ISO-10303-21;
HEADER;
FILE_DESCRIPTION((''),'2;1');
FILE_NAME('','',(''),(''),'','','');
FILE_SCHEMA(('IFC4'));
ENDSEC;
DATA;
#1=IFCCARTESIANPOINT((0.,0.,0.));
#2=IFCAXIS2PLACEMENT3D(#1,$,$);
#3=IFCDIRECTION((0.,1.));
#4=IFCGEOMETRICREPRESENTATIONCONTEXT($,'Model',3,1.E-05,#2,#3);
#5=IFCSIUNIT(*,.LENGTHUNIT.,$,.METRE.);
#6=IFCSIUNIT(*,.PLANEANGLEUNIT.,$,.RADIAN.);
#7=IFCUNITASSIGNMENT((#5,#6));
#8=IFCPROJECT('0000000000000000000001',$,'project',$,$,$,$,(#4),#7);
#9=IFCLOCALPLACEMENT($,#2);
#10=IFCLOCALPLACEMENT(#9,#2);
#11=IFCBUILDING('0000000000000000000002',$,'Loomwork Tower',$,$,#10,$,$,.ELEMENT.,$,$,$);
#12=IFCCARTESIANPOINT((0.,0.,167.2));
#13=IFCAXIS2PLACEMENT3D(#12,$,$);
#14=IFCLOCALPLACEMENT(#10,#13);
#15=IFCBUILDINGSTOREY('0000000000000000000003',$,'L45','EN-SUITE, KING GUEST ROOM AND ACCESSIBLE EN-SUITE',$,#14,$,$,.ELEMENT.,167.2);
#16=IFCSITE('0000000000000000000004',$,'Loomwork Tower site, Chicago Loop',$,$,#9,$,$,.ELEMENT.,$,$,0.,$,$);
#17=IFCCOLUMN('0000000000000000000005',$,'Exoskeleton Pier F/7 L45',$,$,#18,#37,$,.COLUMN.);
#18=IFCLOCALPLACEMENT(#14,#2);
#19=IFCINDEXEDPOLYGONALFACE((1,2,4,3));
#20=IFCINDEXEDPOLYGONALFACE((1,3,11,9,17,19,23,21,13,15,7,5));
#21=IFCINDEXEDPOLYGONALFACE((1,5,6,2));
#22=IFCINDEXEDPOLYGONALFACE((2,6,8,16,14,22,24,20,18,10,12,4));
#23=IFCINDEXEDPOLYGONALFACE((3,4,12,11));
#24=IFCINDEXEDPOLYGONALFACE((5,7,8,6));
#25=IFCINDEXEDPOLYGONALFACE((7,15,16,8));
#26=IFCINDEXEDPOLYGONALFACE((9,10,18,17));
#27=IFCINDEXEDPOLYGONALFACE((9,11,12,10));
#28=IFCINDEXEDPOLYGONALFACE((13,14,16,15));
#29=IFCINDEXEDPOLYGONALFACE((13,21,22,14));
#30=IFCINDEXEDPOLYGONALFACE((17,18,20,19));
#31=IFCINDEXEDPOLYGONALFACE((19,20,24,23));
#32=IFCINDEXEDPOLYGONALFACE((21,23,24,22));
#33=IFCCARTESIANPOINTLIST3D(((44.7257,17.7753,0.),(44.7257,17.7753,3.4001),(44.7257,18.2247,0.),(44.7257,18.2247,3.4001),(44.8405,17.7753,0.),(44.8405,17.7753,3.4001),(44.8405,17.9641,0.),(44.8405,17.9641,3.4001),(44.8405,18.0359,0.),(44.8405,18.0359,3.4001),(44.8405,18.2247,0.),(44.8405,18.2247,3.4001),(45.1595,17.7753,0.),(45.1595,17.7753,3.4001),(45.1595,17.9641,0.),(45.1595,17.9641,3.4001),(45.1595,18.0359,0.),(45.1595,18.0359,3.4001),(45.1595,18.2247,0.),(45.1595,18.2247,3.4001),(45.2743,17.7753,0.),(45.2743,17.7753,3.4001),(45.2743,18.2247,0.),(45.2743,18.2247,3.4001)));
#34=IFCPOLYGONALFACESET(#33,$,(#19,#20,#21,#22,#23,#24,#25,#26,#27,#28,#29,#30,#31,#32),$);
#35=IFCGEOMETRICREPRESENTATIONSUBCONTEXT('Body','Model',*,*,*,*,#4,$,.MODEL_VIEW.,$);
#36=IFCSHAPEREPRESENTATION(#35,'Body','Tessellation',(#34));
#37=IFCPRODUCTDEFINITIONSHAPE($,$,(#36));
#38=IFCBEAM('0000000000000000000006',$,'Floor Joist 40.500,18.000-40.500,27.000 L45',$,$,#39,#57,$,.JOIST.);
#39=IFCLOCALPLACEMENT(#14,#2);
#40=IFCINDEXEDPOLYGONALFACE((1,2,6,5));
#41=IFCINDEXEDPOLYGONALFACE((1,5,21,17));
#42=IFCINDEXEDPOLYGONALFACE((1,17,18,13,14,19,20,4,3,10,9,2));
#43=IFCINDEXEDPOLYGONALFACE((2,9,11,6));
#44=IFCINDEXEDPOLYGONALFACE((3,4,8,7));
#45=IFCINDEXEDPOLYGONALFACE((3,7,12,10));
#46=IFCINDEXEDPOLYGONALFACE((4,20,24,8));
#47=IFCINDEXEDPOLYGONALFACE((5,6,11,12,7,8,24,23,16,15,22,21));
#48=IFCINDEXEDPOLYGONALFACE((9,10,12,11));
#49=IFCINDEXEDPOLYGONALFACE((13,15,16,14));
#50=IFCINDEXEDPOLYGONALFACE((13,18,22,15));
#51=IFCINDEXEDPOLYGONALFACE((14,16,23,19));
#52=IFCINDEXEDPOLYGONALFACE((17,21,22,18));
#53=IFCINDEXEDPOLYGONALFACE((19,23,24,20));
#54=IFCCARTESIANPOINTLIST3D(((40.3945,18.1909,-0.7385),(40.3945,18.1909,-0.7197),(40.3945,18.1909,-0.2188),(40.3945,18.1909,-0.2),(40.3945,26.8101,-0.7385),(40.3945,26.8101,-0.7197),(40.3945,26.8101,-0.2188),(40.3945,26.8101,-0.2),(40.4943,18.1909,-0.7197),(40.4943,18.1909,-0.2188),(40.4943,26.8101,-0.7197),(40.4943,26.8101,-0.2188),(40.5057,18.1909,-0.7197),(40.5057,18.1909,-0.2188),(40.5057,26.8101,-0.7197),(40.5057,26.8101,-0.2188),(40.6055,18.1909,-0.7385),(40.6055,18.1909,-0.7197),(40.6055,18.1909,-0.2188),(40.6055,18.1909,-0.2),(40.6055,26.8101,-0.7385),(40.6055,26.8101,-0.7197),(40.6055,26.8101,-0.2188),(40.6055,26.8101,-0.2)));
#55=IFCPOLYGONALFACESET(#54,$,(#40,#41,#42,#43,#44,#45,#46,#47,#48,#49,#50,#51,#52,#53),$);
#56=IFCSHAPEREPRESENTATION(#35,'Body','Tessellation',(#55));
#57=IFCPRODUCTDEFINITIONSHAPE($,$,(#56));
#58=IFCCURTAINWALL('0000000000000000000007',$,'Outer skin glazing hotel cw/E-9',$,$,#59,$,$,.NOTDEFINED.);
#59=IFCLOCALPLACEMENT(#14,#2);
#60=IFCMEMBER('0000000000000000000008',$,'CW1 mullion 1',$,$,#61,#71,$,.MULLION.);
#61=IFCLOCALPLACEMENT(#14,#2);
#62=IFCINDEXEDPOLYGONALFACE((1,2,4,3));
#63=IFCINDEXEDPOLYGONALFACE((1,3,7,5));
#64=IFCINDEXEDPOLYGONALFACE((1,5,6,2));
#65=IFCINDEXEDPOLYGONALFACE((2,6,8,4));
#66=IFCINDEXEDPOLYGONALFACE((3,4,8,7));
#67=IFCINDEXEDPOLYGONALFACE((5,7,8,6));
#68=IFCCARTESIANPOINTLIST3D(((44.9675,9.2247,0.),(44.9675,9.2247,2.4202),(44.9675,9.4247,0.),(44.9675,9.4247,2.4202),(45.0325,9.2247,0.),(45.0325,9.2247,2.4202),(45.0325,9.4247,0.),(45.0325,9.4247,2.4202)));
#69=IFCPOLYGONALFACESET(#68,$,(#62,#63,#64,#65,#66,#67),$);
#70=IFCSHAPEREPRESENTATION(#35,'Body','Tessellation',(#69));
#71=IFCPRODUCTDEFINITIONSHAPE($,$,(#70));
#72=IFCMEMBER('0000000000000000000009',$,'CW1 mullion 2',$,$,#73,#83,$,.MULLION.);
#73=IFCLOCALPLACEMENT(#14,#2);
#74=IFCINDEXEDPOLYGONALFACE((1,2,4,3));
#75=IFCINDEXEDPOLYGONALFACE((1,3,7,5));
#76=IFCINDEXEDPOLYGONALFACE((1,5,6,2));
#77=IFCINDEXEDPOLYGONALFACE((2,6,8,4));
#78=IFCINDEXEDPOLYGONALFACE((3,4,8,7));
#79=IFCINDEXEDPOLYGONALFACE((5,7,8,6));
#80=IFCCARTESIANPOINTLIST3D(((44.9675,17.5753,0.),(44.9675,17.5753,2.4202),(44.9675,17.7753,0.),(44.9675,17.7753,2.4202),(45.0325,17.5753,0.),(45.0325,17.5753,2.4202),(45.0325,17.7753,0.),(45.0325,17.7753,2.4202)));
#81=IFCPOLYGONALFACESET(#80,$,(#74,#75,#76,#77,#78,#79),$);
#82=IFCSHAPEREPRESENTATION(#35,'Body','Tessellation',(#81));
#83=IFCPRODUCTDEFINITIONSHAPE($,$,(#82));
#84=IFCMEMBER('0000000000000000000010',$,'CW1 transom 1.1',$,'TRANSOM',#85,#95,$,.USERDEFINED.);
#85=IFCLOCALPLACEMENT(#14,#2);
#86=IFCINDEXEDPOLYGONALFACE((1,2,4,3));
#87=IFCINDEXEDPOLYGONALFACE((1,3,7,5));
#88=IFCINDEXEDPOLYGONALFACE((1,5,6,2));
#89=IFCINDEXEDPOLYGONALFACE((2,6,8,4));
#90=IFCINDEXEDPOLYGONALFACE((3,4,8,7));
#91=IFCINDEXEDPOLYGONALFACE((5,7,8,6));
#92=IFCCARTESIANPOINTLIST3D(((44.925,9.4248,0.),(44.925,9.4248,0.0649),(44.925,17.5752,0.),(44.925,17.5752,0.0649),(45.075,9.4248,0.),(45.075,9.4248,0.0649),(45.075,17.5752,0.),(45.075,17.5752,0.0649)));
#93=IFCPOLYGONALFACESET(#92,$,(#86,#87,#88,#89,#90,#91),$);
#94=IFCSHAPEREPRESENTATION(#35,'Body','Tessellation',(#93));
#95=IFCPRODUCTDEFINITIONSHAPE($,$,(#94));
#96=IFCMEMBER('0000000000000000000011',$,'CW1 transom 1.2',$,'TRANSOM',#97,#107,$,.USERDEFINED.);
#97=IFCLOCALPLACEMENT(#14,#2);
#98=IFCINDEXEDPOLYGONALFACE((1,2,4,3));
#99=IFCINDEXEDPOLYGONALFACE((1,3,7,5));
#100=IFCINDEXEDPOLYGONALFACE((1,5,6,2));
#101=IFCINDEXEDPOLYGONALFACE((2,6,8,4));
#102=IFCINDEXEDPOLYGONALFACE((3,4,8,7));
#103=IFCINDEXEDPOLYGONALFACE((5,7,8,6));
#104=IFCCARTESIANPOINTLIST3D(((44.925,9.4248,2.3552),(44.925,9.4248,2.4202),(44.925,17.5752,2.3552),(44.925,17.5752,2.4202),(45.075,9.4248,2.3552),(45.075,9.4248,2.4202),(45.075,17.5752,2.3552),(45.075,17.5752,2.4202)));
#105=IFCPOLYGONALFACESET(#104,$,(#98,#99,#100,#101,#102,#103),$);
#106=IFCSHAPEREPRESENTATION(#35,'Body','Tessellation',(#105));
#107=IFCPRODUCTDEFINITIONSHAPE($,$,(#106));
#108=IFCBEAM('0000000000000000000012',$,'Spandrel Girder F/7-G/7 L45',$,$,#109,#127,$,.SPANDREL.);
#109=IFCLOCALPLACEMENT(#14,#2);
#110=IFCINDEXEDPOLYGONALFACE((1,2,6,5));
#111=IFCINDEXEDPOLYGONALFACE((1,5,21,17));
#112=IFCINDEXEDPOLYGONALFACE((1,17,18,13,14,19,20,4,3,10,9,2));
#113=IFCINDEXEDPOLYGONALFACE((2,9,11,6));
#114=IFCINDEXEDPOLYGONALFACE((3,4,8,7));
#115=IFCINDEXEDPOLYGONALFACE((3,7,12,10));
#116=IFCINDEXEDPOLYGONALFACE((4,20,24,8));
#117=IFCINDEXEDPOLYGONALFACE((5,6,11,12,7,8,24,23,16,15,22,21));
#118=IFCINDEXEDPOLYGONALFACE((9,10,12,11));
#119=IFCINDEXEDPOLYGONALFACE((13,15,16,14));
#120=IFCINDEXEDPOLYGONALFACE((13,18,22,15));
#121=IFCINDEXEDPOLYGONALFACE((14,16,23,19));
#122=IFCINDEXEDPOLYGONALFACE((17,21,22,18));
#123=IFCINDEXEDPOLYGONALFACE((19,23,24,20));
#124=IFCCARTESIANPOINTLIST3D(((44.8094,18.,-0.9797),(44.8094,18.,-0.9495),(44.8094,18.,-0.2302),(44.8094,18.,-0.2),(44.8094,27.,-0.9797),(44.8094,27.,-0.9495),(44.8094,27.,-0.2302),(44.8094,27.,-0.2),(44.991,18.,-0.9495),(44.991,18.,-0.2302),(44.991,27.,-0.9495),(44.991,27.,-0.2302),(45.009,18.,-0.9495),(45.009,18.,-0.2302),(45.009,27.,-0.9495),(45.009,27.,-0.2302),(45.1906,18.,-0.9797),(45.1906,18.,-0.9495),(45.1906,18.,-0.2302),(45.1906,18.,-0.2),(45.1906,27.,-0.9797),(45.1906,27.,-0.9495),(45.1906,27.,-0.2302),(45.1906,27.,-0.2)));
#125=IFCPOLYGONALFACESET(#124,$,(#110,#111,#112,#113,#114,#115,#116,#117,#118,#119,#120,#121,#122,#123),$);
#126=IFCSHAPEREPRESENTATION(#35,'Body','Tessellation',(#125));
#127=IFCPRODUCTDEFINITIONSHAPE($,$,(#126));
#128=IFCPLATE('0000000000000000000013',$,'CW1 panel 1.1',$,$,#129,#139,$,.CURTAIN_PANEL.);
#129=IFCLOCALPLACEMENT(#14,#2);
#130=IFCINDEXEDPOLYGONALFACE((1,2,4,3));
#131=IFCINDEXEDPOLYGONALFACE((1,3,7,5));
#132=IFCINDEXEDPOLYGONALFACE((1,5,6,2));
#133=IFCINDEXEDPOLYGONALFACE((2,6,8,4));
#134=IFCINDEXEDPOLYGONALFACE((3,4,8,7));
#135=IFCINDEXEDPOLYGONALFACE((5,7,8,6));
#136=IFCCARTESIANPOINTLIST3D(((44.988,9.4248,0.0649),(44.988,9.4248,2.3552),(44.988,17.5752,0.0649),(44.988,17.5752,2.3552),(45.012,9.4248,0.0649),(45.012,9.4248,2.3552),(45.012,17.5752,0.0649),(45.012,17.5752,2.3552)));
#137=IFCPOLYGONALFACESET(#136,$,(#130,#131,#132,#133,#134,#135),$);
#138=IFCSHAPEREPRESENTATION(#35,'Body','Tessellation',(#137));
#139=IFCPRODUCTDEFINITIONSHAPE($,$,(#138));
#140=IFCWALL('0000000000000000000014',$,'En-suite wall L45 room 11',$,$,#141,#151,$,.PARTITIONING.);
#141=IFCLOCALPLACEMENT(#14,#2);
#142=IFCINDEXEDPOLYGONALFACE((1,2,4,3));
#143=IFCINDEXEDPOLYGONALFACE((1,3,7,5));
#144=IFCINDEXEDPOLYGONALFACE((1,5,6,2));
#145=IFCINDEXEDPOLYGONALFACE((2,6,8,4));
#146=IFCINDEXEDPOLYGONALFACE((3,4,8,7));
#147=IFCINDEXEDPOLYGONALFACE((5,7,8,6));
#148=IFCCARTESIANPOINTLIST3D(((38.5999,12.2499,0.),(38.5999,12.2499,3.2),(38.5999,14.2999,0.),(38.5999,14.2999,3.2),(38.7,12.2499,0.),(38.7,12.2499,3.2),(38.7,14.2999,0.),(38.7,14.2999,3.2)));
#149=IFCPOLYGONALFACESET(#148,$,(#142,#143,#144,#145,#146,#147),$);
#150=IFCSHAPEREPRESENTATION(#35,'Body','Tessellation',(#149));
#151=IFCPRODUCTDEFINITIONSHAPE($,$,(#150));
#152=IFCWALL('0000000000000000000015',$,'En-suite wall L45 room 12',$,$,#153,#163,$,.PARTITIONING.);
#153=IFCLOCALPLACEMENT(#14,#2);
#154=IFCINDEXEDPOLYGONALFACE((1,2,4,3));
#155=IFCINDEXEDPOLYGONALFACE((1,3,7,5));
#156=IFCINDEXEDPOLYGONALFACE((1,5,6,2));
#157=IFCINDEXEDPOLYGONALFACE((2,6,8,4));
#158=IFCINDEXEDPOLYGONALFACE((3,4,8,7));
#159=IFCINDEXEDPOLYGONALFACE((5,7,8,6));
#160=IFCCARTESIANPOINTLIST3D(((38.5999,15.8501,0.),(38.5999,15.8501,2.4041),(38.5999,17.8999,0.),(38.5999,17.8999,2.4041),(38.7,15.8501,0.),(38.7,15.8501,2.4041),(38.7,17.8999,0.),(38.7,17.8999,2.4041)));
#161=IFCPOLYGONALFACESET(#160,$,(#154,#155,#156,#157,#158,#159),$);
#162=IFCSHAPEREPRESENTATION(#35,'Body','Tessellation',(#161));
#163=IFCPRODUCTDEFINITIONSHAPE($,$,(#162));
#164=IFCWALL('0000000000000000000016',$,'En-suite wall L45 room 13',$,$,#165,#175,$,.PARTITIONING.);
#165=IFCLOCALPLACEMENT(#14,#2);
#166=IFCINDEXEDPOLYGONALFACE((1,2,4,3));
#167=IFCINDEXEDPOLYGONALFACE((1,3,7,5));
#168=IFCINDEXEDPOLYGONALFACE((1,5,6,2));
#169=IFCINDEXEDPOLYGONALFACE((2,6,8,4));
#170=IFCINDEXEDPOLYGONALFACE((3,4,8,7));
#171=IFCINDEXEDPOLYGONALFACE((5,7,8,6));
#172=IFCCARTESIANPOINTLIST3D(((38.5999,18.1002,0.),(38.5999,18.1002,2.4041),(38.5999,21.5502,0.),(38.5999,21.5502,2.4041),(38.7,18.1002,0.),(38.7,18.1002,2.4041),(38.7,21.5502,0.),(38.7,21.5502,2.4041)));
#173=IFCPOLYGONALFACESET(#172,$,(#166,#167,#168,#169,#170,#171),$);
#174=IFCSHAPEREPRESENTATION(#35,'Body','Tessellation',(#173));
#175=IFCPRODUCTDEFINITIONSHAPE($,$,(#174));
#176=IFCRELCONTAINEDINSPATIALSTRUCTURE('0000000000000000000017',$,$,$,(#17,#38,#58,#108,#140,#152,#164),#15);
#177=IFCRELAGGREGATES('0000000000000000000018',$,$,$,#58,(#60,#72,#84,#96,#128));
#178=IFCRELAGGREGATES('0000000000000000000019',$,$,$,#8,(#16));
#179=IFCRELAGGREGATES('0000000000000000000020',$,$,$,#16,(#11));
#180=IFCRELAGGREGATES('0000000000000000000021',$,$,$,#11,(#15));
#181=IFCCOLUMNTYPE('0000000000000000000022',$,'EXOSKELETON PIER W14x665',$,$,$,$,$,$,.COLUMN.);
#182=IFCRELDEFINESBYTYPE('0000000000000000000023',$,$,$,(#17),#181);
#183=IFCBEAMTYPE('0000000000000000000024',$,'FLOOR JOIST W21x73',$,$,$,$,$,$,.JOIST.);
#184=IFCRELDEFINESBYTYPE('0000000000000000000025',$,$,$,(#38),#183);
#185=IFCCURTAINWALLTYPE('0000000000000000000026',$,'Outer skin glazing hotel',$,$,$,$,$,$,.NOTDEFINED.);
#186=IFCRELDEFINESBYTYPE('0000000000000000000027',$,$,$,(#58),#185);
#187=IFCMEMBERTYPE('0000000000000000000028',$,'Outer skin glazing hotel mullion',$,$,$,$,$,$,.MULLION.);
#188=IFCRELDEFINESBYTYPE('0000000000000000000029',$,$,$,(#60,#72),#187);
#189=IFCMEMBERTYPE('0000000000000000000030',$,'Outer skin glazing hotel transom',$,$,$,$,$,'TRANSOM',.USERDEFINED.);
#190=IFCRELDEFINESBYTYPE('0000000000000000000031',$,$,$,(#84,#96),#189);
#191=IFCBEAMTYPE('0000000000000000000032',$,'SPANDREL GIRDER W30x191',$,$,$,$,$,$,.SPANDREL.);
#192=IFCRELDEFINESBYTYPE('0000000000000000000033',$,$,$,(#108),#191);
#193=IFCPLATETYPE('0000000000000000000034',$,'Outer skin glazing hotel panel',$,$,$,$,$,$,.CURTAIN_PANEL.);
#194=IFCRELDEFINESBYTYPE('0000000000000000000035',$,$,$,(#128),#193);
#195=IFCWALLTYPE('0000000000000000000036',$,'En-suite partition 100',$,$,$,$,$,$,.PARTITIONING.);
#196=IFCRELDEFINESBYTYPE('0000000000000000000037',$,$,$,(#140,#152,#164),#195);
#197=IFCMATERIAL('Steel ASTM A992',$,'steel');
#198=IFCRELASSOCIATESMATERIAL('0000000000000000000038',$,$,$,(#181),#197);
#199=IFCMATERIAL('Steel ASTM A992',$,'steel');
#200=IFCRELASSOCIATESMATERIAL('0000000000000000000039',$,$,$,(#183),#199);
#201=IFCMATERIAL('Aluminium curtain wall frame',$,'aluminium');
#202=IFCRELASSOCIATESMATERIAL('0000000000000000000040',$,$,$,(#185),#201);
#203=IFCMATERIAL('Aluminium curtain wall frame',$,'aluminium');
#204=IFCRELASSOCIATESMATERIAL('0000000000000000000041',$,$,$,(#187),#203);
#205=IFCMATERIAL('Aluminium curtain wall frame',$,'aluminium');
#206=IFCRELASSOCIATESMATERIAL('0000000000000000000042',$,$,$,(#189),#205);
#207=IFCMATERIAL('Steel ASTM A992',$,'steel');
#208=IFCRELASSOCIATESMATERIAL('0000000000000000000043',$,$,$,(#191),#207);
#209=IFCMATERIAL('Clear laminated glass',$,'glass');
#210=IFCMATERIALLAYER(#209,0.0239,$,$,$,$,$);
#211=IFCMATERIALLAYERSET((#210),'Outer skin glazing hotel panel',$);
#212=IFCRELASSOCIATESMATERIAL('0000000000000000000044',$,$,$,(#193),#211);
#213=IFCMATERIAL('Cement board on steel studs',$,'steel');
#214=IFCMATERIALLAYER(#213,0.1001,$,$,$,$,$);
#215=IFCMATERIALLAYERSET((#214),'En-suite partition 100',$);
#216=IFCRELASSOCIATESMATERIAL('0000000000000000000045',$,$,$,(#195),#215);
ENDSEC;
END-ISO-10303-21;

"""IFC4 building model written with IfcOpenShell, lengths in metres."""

from ifc_helpers import new_model, si_unit, direction, frame, frame_2d, origin, origin_2d, place, context, subcontext, project, spatial, rectangle, i_section, extrude, material, layer, layer_set, material_profile, profile_set, type_object, element, aggregate, save


model = new_model("IFC4")

# Units and contexts
model_context = context("Model", 3, precision=1e-05, world=origin(), true_north=direction((0.0, 1.0)))
body_context = subcontext(model_context, "Body", "Model", "MODEL_VIEW")
ifc_project = project(units=[si_unit("LENGTHUNIT", "METRE"), si_unit("PLANEANGLEUNIT", "RADIAN")], contexts=[model_context])

# Site, building, storey
site_placement = place(None, origin())
site = spatial("IfcSite", under=ifc_project, at=site_placement, Name="Loomwork Tower site, Chicago Loop", CompositionType="ELEMENT", RefElevation=0.0)
building_placement = place(site_placement, origin())
building = spatial("IfcBuilding", under=site, at=building_placement, Name="Loomwork Tower", CompositionType="ELEMENT")
storey_placement = place(building_placement, frame((0.0, 0.0, 167.2)))
storey = spatial("IfcBuildingStorey", under=building, at=storey_placement, Name="L45", Description="EN-SUITE, KING GUEST ROOM AND ACCESSIBLE EN-SUITE", CompositionType="ELEMENT", Elevation=167.2)

# Column
ifc_material_1 = material(Name="Steel ASTM A992", Category="steel")
ifc_material_profile_1 = material_profile(ifc_material_1, i_section(OverallWidth=0.4495, OverallDepth=0.5486, WebThickness=0.0718, FlangeThickness=0.1147, at=origin_2d()), Name="W14x665")
ifc_profile_set_1 = profile_set([ifc_material_profile_1], Name="Steel ASTM A992")
column_type = type_object("IfcColumnType", Name="EXOSKELETON PIER W14x665", PredefinedType="COLUMN", material=ifc_profile_set_1)
column_placement = place(storey_placement, frame((45.0, 18.0, 0.0), z_axis=(0.0, 0.0, 1.0), x_axis=(0.0, 1.0, 0.0)))
element("IfcColumn", 1, at=column_placement, inside=storey, type_object=column_type, Name="Exoskeleton Pier F/7 L45", PredefinedType="COLUMN", context=body_context, shape_type="SweptSolid", body=[
    extrude(i_section(OverallWidth=0.4495, OverallDepth=0.5486, WebThickness=0.0718, FlangeThickness=0.1147, at=origin_2d()), origin(), (0.0, 0.0, 1.0), 3.4001),
])

# Beam
ifc_material_2 = material(Name="Steel ASTM A992", Category="steel")
ifc_material_profile_2 = material_profile(ifc_material_2, i_section(OverallWidth=0.2109, OverallDepth=0.5386, WebThickness=0.0115, FlangeThickness=0.0188, at=origin_2d()), Name="W21x73")
ifc_profile_set_2 = profile_set([ifc_material_profile_2], Name="Steel ASTM A992")
beam_type_1 = type_object("IfcBeamType", Name="FLOOR JOIST W21x73", PredefinedType="JOIST", material=ifc_profile_set_2)
beam_1_placement = place(storey_placement, frame((40.5, 18.1909, -0.4692), z_axis=(0.0, 1.0, 0.0), x_axis=(-1.0, 0.0, 0.0)))
element("IfcBeam", 2, at=beam_1_placement, inside=storey, type_object=beam_type_1, Name="Floor Joist 40.500,18.000-40.500,27.000 L45", PredefinedType="JOIST", context=body_context, shape_type="SweptSolid", body=[
    extrude(i_section(OverallWidth=0.2109, OverallDepth=0.5386, WebThickness=0.0115, FlangeThickness=0.0188, at=origin_2d()), origin(), (0.0, 0.0, 1.0), 8.6191),
])

# Curtain wall, members
ifc_material_3 = material(Name="Aluminium curtain wall frame", Category="aluminium")
curtain_wall_type = type_object("IfcCurtainWallType", Name="Outer skin glazing hotel", PredefinedType="NOTDEFINED", material=ifc_material_3)
curtain_wall_placement = place(storey_placement, origin())
curtain_wall = element("IfcCurtainWall", 3, at=curtain_wall_placement, inside=storey, type_object=curtain_wall_type, Name="Outer skin glazing hotel cw/E-9", PredefinedType="NOTDEFINED")
ifc_material_4 = material(Name="Aluminium curtain wall frame", Category="aluminium")
ifc_material_profile_3 = material_profile(ifc_material_4, rectangle(XDim=0.0649, YDim=0.2, at=origin_2d()), Name="AL 65x200")
ifc_profile_set_3 = profile_set([ifc_material_profile_3], Name="Aluminium curtain wall frame")
member_type_1 = type_object("IfcMemberType", Name="Outer skin glazing hotel mullion", PredefinedType="MULLION", material=ifc_profile_set_3)
member_1_placement = place(storey_placement, frame((45.0, 9.3247, 0.0), z_axis=(0.0, 0.0, 1.0), x_axis=(-1.0, 0.0, 0.0)))
member_1 = element("IfcMember", 4, at=member_1_placement, type_object=member_type_1, Name="CW1 mullion 1", PredefinedType="MULLION", context=body_context, shape_type="SweptSolid", body=[
    extrude(rectangle(XDim=0.0649, YDim=0.2, at=origin_2d()), origin(), (0.0, 0.0, 1.0), 2.4202),
])
member_2_placement = place(storey_placement, frame((45.0, 17.6753, 0.0), z_axis=(0.0, 0.0, 1.0), x_axis=(-1.0, 0.0, 0.0)))
member_2 = element("IfcMember", 5, at=member_2_placement, type_object=member_type_1, Name="CW1 mullion 2", PredefinedType="MULLION", context=body_context, shape_type="SweptSolid", body=[
    extrude(rectangle(XDim=0.0649, YDim=0.2, at=origin_2d()), origin(), (0.0, 0.0, 1.0), 2.4202),
])
ifc_material_5 = material(Name="Aluminium curtain wall frame", Category="aluminium")
ifc_material_profile_4 = material_profile(ifc_material_5, rectangle(XDim=0.1499, YDim=0.0649, at=origin_2d()), Name="AL 65x150")
ifc_profile_set_4 = profile_set([ifc_material_profile_4], Name="Aluminium curtain wall frame")
member_type_2 = type_object("IfcMemberType", Name="Outer skin glazing hotel transom", ElementType="TRANSOM", PredefinedType="USERDEFINED", material=ifc_profile_set_4)
member_3_placement = place(storey_placement, frame((45.0, 9.4248, 0.0325), z_axis=(0.0, 1.0, 0.0), x_axis=(-1.0, 0.0, 0.0)))
member_3 = element("IfcMember", 6, at=member_3_placement, type_object=member_type_2, Name="CW1 transom 1.1", ObjectType="TRANSOM", PredefinedType="USERDEFINED", context=body_context, shape_type="SweptSolid", body=[
    extrude(rectangle(XDim=0.1499, YDim=0.0649, at=origin_2d()), origin(), (0.0, 0.0, 1.0), 8.1504),
])
member_4_placement = place(storey_placement, frame((45.0, 9.4248, 2.3877), z_axis=(0.0, 1.0, 0.0), x_axis=(-1.0, 0.0, 0.0)))
member_4 = element("IfcMember", 7, at=member_4_placement, type_object=member_type_2, Name="CW1 transom 1.2", ObjectType="TRANSOM", PredefinedType="USERDEFINED", context=body_context, shape_type="SweptSolid", body=[
    extrude(rectangle(XDim=0.1499, YDim=0.0649, at=origin_2d()), origin(), (0.0, 0.0, 1.0), 8.1504),
])

# Beam
ifc_material_6 = material(Name="Steel ASTM A992", Category="steel")
ifc_material_profile_5 = material_profile(ifc_material_6, i_section(OverallWidth=0.3811, OverallDepth=0.7798, WebThickness=0.0181, FlangeThickness=0.0303, at=origin_2d()), Name="W30x191")
ifc_profile_set_5 = profile_set([ifc_material_profile_5], Name="Steel ASTM A992")
beam_type_2 = type_object("IfcBeamType", Name="SPANDREL GIRDER W30x191", PredefinedType="SPANDREL", material=ifc_profile_set_5)
beam_2_placement = place(storey_placement, frame((45.0, 18.0, -0.5898), z_axis=(0.0, 1.0, 0.0), x_axis=(-1.0, 0.0, 0.0)))
element("IfcBeam", 8, at=beam_2_placement, inside=storey, type_object=beam_type_2, Name="Spandrel Girder F/7-G/7 L45", PredefinedType="SPANDREL", context=body_context, shape_type="SweptSolid", body=[
    extrude(i_section(OverallWidth=0.3811, OverallDepth=0.7798, WebThickness=0.0181, FlangeThickness=0.0303, at=origin_2d()), origin(), (0.0, 0.0, 1.0), 9.0),
])

# Plate
ifc_material_7 = material(Name="Clear laminated glass", Category="glass")
ifc_layer_1 = layer(ifc_material_7, 0.0239)
ifc_layer_set_1 = layer_set([ifc_layer_1], Name="Outer skin glazing hotel panel")
plate_type = type_object("IfcPlateType", Name="Outer skin glazing hotel panel", PredefinedType="CURTAIN_PANEL", material=ifc_layer_set_1)
plate_placement = place(storey_placement, frame((45.0, 13.5, 0.0649), z_axis=(0.0, 0.0, 1.0), x_axis=(0.0, 1.0, 0.0)))
plate = element("IfcPlate", 9, at=plate_placement, type_object=plate_type, Name="CW1 panel 1.1", PredefinedType="CURTAIN_PANEL", context=body_context, shape_type="SweptSolid", body=[
    extrude(rectangle(XDim=8.1504, YDim=0.0239, at=origin_2d()), origin(), (0.0, 0.0, 1.0), 2.2903),
])
aggregate(curtain_wall, [member_1, member_2, member_3, member_4, plate])

# Walls
ifc_material_8 = material(Name="Cement board on steel studs", Category="steel")
ifc_layer_2 = layer(ifc_material_8, 0.1001)
ifc_layer_set_2 = layer_set([ifc_layer_2], Name="En-suite partition 100")
wall_type_1 = type_object("IfcWallType", Name="En-suite partition 100", PredefinedType="PARTITIONING", material=ifc_layer_set_2)
wall_1_placement = place(storey_placement, frame((38.6499, 12.25, 0.0), z_axis=(0.0, 0.0, 1.0), x_axis=(0.0, 1.0, 0.0)))
element("IfcWall", 10, at=wall_1_placement, inside=storey, type_object=wall_type_1, Name="En-suite wall L45 room 11", PredefinedType="PARTITIONING", context=body_context, shape_type="SweptSolid", body=[
    extrude(rectangle(XDim=2.05, YDim=0.1001, at=frame_2d((1.0249, 0.0))), origin(), (0.0, 0.0, 1.0), 3.2),
])
wall_2_placement = place(storey_placement, frame((38.6499, 15.8501, 0.0), z_axis=(0.0, 0.0, 1.0), x_axis=(0.0, 1.0, 0.0)))
element("IfcWall", 11, at=wall_2_placement, inside=storey, type_object=wall_type_1, Name="En-suite wall L45 room 12", PredefinedType="PARTITIONING", context=body_context, shape_type="SweptSolid", body=[
    extrude(rectangle(XDim=2.0498, YDim=0.1001, at=frame_2d((1.0249, 0.0))), origin(), (0.0, 0.0, 1.0), 2.4041),
])
wall_3_placement = place(storey_placement, frame((38.6499, 18.1001, 0.0), z_axis=(0.0, 0.0, 1.0), x_axis=(0.0, 1.0, 0.0)))
element("IfcWall", 12, at=wall_3_placement, inside=storey, type_object=wall_type_1, Name="En-suite wall L45 room 13", PredefinedType="PARTITIONING", context=body_context, shape_type="SweptSolid", body=[
    extrude(rectangle(XDim=3.45, YDim=0.1001, at=frame_2d((1.7251, 0.0))), origin(), (0.0, 0.0, 1.0), 2.4041),
])

save(model, "model.ifc")
